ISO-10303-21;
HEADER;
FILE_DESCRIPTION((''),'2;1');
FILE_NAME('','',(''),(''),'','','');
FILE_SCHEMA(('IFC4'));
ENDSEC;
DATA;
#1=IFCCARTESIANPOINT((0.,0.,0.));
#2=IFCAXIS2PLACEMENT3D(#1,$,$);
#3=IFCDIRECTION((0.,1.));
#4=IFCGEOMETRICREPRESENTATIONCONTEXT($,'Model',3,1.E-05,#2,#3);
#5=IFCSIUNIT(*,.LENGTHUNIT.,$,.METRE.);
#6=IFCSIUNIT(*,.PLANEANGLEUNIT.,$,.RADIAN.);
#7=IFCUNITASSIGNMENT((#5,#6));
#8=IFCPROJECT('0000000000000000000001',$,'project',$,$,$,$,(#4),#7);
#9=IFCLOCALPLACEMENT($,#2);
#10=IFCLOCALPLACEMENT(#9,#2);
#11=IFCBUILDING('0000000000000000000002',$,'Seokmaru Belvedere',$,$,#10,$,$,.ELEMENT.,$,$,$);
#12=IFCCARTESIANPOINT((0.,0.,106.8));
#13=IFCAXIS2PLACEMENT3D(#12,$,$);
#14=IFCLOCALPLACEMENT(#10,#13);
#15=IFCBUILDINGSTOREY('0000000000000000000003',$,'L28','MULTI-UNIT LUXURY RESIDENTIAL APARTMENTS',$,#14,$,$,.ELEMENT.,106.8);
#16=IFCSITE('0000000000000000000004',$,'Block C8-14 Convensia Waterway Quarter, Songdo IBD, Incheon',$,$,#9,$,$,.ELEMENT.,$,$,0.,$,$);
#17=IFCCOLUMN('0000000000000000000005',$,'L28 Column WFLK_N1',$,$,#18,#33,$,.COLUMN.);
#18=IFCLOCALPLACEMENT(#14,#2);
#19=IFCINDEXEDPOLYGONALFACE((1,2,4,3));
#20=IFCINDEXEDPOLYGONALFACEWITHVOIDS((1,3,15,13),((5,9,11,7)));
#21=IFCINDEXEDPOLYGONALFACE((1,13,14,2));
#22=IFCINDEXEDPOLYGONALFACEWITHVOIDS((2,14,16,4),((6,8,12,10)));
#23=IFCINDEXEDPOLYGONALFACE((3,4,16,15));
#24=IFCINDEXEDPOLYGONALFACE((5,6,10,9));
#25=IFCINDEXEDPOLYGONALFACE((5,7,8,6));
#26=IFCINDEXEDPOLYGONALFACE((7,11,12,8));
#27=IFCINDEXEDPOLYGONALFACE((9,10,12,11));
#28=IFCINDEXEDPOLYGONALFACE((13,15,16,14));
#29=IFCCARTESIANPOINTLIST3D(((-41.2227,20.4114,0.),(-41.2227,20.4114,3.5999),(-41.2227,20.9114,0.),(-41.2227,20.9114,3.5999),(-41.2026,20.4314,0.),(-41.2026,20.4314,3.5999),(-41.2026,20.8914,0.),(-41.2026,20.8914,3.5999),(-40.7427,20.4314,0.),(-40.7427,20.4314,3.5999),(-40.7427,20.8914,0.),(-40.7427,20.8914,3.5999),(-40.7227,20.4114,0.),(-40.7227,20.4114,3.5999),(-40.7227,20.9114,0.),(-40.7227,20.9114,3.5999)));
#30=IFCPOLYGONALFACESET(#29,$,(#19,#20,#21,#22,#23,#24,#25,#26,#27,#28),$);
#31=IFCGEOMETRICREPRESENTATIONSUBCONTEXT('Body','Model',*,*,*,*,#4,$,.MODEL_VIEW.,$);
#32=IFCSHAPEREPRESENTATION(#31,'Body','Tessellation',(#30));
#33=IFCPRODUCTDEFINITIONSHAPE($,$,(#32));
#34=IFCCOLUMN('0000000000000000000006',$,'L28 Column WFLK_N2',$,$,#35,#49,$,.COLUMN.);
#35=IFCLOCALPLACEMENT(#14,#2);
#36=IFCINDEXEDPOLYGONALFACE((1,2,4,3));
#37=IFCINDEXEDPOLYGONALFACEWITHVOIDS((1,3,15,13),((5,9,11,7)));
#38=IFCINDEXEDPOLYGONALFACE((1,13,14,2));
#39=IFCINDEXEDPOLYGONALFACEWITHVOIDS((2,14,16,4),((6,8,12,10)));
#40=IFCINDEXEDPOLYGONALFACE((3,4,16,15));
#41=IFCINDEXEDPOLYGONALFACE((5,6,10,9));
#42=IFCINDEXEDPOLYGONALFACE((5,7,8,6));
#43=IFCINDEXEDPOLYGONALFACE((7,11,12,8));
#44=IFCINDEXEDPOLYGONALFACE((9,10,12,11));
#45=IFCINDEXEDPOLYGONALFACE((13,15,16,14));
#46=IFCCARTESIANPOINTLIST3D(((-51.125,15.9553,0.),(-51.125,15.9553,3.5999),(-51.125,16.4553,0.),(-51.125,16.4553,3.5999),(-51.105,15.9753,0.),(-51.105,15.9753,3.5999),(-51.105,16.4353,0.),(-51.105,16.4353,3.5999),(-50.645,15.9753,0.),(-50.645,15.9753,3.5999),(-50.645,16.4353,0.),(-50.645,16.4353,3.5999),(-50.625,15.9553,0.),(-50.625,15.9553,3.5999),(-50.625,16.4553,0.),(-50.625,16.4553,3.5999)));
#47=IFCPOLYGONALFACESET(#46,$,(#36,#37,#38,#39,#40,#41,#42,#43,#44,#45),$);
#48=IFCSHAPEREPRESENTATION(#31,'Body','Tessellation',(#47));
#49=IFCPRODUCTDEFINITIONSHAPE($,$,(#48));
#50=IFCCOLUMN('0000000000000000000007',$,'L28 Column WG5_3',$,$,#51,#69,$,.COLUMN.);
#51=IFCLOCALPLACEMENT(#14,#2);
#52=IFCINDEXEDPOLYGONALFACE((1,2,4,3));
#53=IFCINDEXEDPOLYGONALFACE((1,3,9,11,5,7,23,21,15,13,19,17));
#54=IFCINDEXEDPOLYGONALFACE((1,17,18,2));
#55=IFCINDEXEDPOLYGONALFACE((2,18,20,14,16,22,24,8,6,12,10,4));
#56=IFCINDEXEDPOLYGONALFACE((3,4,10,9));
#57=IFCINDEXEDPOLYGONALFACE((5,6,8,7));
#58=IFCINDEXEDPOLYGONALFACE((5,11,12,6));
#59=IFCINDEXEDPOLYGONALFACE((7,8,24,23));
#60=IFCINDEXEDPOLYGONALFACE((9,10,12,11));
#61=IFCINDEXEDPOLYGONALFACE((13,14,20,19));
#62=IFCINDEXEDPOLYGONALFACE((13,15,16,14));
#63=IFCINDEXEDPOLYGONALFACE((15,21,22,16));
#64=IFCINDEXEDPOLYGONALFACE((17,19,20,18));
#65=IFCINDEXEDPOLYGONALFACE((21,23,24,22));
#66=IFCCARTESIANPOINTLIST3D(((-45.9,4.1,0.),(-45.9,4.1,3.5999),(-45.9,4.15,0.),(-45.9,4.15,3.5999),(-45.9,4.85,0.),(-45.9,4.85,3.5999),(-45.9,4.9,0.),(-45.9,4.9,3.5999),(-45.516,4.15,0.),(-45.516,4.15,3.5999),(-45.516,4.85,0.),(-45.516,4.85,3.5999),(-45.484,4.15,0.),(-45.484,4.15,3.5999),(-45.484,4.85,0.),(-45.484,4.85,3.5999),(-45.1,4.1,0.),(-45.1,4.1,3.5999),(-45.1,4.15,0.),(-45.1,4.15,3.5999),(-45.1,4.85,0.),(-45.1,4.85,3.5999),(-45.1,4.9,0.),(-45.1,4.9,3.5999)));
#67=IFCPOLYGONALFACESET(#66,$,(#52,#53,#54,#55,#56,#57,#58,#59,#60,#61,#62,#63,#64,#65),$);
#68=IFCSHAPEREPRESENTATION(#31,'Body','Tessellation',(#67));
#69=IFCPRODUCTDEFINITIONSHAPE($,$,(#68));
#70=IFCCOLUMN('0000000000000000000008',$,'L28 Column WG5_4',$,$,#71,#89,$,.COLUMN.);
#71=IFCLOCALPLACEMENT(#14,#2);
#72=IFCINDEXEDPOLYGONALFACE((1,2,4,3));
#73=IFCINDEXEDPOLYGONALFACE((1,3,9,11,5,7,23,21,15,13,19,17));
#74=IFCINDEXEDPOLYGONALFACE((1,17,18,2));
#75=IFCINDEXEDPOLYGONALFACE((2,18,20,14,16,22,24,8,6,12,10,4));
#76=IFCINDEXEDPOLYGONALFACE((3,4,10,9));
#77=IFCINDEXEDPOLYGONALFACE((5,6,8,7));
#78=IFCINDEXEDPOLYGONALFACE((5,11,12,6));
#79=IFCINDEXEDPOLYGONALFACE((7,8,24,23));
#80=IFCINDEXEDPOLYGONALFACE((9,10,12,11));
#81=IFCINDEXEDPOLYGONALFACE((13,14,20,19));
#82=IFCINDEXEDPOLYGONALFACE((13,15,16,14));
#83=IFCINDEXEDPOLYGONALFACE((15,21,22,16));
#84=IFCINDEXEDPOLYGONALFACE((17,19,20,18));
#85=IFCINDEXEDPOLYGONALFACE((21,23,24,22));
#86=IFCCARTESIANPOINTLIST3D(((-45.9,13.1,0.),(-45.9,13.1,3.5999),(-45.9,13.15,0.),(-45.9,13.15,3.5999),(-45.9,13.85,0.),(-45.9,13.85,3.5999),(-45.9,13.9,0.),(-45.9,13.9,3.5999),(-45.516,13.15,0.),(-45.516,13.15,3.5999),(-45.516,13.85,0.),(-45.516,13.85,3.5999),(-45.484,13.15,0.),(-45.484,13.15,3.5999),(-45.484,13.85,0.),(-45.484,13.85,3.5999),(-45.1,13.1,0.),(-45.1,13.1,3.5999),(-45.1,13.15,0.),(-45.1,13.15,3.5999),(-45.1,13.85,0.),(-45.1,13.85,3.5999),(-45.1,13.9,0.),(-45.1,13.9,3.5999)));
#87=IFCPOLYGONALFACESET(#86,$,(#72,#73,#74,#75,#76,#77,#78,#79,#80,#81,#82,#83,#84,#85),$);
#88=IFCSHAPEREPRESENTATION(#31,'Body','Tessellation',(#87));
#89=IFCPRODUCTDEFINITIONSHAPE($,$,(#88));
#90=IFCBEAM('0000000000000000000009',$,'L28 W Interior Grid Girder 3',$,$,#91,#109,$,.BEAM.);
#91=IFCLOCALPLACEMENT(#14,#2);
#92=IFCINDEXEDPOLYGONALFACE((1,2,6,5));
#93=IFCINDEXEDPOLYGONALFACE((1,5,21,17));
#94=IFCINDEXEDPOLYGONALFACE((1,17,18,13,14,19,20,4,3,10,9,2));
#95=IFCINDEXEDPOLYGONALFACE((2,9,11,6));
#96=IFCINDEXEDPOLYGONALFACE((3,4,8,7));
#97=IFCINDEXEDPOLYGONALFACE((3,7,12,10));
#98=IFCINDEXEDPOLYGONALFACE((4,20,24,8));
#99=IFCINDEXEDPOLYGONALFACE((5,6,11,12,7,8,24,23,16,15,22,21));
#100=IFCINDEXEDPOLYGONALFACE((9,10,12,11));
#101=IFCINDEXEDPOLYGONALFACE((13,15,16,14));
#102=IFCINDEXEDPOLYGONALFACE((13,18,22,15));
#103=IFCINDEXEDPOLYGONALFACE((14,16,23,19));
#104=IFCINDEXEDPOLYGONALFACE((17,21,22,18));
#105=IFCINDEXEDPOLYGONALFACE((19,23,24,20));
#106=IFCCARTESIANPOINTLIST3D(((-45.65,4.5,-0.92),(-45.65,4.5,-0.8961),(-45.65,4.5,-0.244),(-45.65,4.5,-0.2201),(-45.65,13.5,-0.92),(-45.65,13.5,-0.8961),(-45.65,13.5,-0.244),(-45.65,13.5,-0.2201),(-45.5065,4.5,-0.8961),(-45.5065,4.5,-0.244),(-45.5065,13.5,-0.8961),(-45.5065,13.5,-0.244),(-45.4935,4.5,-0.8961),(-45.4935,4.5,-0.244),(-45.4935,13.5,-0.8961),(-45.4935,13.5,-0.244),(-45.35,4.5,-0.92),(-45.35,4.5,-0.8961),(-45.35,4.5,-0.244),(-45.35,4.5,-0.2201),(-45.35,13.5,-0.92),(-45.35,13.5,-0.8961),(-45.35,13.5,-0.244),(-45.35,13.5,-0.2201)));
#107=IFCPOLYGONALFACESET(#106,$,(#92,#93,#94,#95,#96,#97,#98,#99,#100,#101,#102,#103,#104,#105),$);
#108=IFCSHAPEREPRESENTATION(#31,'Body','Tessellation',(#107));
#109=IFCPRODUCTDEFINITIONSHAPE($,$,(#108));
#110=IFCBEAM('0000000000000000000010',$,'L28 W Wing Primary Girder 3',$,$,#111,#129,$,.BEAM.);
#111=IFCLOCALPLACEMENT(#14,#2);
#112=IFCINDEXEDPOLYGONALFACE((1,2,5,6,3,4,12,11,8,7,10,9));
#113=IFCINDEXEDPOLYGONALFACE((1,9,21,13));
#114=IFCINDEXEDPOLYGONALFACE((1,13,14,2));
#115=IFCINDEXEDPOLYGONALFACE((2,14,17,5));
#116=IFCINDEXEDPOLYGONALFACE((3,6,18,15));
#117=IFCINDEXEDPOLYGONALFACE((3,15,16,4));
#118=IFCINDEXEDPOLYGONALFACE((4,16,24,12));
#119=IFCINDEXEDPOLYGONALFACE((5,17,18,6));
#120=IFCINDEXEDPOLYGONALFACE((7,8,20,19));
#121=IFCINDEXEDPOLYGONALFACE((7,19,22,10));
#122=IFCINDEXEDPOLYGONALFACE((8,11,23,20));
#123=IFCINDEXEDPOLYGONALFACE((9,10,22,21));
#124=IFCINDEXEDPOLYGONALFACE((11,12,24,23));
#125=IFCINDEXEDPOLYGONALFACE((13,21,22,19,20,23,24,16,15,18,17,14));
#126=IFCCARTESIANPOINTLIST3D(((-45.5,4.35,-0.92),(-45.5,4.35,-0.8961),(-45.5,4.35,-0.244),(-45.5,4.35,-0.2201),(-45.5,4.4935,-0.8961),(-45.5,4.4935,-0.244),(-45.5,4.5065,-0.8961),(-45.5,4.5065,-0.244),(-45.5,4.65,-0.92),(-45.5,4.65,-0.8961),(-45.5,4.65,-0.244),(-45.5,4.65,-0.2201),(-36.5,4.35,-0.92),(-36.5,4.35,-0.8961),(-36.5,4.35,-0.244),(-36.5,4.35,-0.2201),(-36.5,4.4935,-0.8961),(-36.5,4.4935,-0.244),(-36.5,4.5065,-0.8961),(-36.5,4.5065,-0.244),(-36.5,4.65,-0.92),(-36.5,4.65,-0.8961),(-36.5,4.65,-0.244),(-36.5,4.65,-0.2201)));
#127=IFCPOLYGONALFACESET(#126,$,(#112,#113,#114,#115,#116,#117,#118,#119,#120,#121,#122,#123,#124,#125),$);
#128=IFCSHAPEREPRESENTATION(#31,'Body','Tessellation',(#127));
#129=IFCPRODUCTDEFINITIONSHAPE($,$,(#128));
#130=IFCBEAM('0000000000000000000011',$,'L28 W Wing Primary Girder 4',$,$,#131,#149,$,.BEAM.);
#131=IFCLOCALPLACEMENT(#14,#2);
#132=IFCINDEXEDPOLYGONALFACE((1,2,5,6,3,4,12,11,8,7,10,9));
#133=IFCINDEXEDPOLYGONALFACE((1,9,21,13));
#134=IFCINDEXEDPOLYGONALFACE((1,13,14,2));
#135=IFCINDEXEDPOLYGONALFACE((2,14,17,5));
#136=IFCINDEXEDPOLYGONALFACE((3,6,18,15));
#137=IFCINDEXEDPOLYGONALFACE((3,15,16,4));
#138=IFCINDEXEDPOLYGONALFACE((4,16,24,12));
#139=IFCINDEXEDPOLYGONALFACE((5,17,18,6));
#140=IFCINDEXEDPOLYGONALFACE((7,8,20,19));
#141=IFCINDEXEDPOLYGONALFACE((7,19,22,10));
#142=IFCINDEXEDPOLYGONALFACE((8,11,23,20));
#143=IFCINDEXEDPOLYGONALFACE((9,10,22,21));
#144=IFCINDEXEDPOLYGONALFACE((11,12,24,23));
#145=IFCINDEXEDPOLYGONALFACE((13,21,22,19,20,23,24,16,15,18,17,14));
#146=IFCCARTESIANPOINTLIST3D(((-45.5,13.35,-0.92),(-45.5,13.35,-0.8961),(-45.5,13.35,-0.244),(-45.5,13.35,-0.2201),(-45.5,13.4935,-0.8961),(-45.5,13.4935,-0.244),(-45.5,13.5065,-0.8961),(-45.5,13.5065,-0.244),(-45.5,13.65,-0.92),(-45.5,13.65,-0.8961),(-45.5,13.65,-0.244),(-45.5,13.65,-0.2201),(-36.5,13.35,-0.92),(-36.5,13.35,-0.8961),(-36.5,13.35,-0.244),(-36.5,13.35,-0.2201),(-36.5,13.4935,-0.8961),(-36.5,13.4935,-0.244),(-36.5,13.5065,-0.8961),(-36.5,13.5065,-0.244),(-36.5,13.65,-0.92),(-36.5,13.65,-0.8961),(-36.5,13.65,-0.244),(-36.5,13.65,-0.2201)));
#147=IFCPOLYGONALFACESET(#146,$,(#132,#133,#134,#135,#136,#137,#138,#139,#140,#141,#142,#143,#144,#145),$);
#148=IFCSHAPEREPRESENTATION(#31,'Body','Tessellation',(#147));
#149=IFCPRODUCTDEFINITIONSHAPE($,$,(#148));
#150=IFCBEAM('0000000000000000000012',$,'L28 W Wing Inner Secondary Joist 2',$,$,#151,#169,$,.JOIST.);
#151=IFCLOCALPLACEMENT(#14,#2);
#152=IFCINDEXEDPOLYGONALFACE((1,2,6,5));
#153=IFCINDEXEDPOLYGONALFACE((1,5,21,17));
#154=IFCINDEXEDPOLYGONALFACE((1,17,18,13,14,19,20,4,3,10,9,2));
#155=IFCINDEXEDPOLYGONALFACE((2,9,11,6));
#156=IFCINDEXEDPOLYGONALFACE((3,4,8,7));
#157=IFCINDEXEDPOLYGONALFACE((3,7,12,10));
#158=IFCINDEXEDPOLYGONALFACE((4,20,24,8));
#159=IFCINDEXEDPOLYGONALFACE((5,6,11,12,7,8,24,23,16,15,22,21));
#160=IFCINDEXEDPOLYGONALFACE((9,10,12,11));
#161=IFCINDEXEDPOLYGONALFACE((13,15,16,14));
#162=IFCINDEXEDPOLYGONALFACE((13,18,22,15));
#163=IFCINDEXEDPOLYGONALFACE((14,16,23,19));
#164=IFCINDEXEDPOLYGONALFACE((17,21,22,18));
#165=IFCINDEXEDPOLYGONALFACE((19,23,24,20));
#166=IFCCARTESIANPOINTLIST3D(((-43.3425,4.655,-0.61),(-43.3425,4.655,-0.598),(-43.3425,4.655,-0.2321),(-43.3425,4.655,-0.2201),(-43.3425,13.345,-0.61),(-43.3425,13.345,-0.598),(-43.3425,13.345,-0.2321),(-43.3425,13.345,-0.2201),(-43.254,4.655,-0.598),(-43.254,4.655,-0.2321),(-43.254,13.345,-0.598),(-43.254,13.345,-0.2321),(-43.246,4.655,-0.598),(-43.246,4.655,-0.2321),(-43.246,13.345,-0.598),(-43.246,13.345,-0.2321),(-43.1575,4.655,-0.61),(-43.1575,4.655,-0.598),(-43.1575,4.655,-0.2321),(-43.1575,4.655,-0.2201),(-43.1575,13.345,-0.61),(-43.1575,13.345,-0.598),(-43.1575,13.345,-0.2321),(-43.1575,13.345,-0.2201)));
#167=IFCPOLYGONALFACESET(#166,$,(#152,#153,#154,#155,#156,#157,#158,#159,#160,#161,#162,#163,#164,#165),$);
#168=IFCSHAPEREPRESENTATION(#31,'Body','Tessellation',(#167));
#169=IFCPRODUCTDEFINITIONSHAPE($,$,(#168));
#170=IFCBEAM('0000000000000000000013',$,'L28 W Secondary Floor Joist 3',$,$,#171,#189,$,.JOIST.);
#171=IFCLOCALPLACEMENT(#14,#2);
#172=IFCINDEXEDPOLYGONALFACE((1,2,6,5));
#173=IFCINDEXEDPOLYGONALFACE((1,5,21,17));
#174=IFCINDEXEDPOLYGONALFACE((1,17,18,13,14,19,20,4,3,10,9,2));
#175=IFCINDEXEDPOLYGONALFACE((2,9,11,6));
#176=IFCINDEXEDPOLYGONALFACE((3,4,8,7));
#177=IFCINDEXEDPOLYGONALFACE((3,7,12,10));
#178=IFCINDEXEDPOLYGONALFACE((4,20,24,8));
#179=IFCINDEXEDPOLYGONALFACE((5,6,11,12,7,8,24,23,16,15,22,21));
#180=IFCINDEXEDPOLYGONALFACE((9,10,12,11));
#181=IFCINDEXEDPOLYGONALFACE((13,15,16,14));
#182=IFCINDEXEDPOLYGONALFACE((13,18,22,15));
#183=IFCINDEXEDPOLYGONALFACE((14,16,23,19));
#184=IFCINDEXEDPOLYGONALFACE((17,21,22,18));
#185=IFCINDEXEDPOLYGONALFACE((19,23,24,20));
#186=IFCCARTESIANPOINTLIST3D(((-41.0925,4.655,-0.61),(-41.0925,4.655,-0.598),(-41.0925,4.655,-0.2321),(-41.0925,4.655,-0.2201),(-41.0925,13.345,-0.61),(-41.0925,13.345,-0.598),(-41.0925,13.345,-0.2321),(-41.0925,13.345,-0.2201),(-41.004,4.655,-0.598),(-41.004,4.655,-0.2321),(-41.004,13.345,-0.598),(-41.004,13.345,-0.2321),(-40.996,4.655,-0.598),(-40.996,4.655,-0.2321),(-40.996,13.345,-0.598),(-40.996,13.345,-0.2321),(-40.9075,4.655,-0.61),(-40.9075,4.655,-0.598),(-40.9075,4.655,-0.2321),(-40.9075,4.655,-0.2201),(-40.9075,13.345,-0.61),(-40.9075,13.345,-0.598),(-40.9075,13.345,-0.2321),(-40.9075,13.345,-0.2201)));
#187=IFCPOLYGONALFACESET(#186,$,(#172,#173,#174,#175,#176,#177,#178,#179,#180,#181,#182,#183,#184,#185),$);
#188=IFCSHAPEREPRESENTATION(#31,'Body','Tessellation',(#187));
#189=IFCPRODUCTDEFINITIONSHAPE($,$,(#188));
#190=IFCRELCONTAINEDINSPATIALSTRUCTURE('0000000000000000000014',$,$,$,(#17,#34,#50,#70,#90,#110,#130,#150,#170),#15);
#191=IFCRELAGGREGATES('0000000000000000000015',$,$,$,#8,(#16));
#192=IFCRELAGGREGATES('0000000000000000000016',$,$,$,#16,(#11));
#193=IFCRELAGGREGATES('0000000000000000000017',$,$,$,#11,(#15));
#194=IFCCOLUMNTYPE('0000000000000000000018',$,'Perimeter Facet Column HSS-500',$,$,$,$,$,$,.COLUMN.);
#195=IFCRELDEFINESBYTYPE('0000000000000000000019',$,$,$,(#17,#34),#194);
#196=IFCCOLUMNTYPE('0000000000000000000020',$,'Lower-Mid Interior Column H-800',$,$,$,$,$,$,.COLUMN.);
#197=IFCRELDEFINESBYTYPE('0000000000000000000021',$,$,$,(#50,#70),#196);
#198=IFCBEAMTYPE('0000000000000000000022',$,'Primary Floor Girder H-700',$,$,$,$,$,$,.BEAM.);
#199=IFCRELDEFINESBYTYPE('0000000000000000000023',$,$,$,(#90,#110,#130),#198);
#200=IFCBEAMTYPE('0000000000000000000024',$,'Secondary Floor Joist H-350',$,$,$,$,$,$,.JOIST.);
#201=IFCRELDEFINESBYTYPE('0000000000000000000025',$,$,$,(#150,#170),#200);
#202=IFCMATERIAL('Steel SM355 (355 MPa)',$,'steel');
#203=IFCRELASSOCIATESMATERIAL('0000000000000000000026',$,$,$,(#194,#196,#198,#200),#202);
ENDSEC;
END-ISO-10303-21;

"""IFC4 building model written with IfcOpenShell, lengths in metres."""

from ifc_helpers import new_model, si_unit, direction, frame, origin, origin_2d, place, context, subcontext, project, spatial, hollow_rectangle, i_section, extrude, source, transform, mapped, material, material_profile, profile_set, type_object, type_shapes, element, save


model = new_model("IFC4")

# Units and contexts
model_context = context("Model", 3, precision=1e-05, world=origin(), true_north=direction((0.0, 1.0)))
body_context = subcontext(model_context, "Body", "Model", "MODEL_VIEW")
ifc_project = project(units=[si_unit("LENGTHUNIT", "METRE"), si_unit("PLANEANGLEUNIT", "RADIAN")], contexts=[model_context])

# Site, building, storey
site_placement = place(None, origin())
site = spatial("IfcSite", under=ifc_project, at=site_placement, Name="Block C8-14 Convensia Waterway Quarter, Songdo IBD, Incheon", CompositionType="ELEMENT", RefElevation=0.0)
building_placement = place(site_placement, origin())
building = spatial("IfcBuilding", under=site, at=building_placement, Name="Seokmaru Belvedere", CompositionType="ELEMENT")
storey_placement = place(building_placement, frame((0.0, 0.0, 106.8)))
storey = spatial("IfcBuildingStorey", under=building, at=storey_placement, Name="L28", Description="MULTI-UNIT LUXURY RESIDENTIAL APARTMENTS", CompositionType="ELEMENT", Elevation=106.8)

# Columns
ifc_material_1 = material(Name="Steel SM355 (355 MPa)", Category="steel")
ifc_material_profile_1 = material_profile(ifc_material_1, hollow_rectangle(XDim=0.5, YDim=0.5, WallThickness=0.02, at=origin_2d()), Name="HSS-500x500x20")
ifc_profile_set_1 = profile_set([ifc_material_profile_1], Name="Steel SM355 (355 MPa)")
column_type_1 = type_object("IfcColumnType", Name="Perimeter Facet Column HSS-500", PredefinedType="COLUMN", material=ifc_profile_set_1)
shared_shape_1 = source(origin(), body_context, "Body", "SweptSolid", [
    extrude(hollow_rectangle(XDim=0.5, YDim=0.5, WallThickness=0.02, at=origin_2d()), origin(), (0.0, 0.0, 1.0), 3.5999),
])
type_shapes(column_type_1, [shared_shape_1])
for number, where, z_axis, x_axis, name in (
    (1, (-40.9727, 20.6614, 0.0), (0.0, 0.0, 1.0), (1.0, 0.0, 0.0), "L28 Column WFLK_N1"),
    (2, (-50.875, 16.2053, 0.0), (0.0, 0.0, 1.0), (1.0, 0.0, 0.0), "L28 Column WFLK_N2"),
):
    element("IfcColumn", number, at=place(storey_placement, frame(where, z_axis=z_axis, x_axis=x_axis)), inside=storey, type_object=column_type_1, Name=name, PredefinedType="COLUMN", context=body_context, shape_type="MappedRepresentation", body=[
        mapped(shared_shape_1, transform((0.0, 0.0, 0.0), scale=1.0)),
    ])
ifc_material_profile_2 = material_profile(ifc_material_1, i_section(OverallWidth=0.8, OverallDepth=0.8, WebThickness=0.032, FlangeThickness=0.05, at=origin_2d()), Name="H-800x800x32x50")
ifc_profile_set_2 = profile_set([ifc_material_profile_2], Name="Steel SM355 (355 MPa)")
column_type_2 = type_object("IfcColumnType", Name="Lower-Mid Interior Column H-800", PredefinedType="COLUMN", material=ifc_profile_set_2)
shared_shape_2 = source(origin(), body_context, "Body", "SweptSolid", [
    extrude(i_section(OverallWidth=0.8, OverallDepth=0.8, WebThickness=0.032, FlangeThickness=0.05, at=origin_2d()), origin(), (0.0, 0.0, 1.0), 3.5999),
])
type_shapes(column_type_2, [shared_shape_2])
for number, where, z_axis, x_axis, name in (
    (3, (-45.5, 4.5, 0.0), (0.0, 0.0, 1.0), (1.0, 0.0, 0.0), "L28 Column WG5_3"),
    (4, (-45.5, 13.5, 0.0), (0.0, 0.0, 1.0), (1.0, 0.0, 0.0), "L28 Column WG5_4"),
):
    element("IfcColumn", number, at=place(storey_placement, frame(where, z_axis=z_axis, x_axis=x_axis)), inside=storey, type_object=column_type_2, Name=name, PredefinedType="COLUMN", context=body_context, shape_type="MappedRepresentation", body=[
        mapped(shared_shape_2, transform((0.0, 0.0, 0.0), scale=1.0)),
    ])

# Beams
ifc_material_profile_3 = material_profile(ifc_material_1, i_section(OverallWidth=0.3, OverallDepth=0.7, WebThickness=0.0129, FlangeThickness=0.0239, at=origin_2d()), Name="H-700x300x13x24")
ifc_profile_set_3 = profile_set([ifc_material_profile_3], Name="Steel SM355 (355 MPa)")
beam_type_1 = type_object("IfcBeamType", Name="Primary Floor Girder H-700", PredefinedType="BEAM", material=ifc_profile_set_3)
shared_shape_3 = source(origin(), body_context, "Body", "SweptSolid", [
    extrude(i_section(OverallWidth=0.3, OverallDepth=0.7, WebThickness=0.0129, FlangeThickness=0.0239, at=origin_2d()), origin(), (0.0, 0.0, 1.0), 9.0),
])
for number, where, z_axis, x_axis, name in (
    (5, (-45.5, 4.5, -0.5701), (0.0, 1.0, 0.0), (-1.0, 0.0, 0.0), "L28 W Interior Grid Girder 3"),
    (6, (-45.5, 4.5, -0.5701), (1.0, 0.0, 0.0), (0.0, 1.0, 0.0), "L28 W Wing Primary Girder 3"),
    (7, (-45.5, 13.5, -0.5701), (1.0, 0.0, 0.0), (0.0, 1.0, 0.0), "L28 W Wing Primary Girder 4"),
):
    element("IfcBeam", number, at=place(storey_placement, frame(where, z_axis=z_axis, x_axis=x_axis)), inside=storey, type_object=beam_type_1, Name=name, PredefinedType="BEAM", context=body_context, shape_type="MappedRepresentation", body=[
        mapped(shared_shape_3, transform((0.0, 0.0, 0.0), scale=1.0)),
    ])
ifc_material_profile_4 = material_profile(ifc_material_1, i_section(OverallWidth=0.1851, OverallDepth=0.3899, WebThickness=0.0081, FlangeThickness=0.012, at=origin_2d()), Name="H-390x185x8x12")
ifc_profile_set_4 = profile_set([ifc_material_profile_4], Name="Steel SM355 (355 MPa)")
beam_type_2 = type_object("IfcBeamType", Name="Secondary Floor Joist H-350", PredefinedType="JOIST", material=ifc_profile_set_4)
shared_shape_4 = source(origin(), body_context, "Body", "SweptSolid", [
    extrude(i_section(OverallWidth=0.1851, OverallDepth=0.3899, WebThickness=0.0081, FlangeThickness=0.012, at=origin_2d()), origin(), (0.0, 0.0, 1.0), 8.6899),
])
type_shapes(beam_type_2, [shared_shape_4])
for number, where, z_axis, x_axis, name in (
    (8, (-43.25, 4.655, -0.415), (0.0, 1.0, 0.0), (-1.0, 0.0, 0.0), "L28 W Wing Inner Secondary Joist 2"),
    (9, (-41.0, 4.655, -0.415), (0.0, 1.0, 0.0), (-1.0, 0.0, 0.0), "L28 W Secondary Floor Joist 3"),
):
    element("IfcBeam", number, at=place(storey_placement, frame(where, z_axis=z_axis, x_axis=x_axis)), inside=storey, type_object=beam_type_2, Name=name, PredefinedType="JOIST", context=body_context, shape_type="MappedRepresentation", body=[
        mapped(shared_shape_4, transform((0.0, 0.0, 0.0), scale=1.0)),
    ])

save(model, "model.ifc")
